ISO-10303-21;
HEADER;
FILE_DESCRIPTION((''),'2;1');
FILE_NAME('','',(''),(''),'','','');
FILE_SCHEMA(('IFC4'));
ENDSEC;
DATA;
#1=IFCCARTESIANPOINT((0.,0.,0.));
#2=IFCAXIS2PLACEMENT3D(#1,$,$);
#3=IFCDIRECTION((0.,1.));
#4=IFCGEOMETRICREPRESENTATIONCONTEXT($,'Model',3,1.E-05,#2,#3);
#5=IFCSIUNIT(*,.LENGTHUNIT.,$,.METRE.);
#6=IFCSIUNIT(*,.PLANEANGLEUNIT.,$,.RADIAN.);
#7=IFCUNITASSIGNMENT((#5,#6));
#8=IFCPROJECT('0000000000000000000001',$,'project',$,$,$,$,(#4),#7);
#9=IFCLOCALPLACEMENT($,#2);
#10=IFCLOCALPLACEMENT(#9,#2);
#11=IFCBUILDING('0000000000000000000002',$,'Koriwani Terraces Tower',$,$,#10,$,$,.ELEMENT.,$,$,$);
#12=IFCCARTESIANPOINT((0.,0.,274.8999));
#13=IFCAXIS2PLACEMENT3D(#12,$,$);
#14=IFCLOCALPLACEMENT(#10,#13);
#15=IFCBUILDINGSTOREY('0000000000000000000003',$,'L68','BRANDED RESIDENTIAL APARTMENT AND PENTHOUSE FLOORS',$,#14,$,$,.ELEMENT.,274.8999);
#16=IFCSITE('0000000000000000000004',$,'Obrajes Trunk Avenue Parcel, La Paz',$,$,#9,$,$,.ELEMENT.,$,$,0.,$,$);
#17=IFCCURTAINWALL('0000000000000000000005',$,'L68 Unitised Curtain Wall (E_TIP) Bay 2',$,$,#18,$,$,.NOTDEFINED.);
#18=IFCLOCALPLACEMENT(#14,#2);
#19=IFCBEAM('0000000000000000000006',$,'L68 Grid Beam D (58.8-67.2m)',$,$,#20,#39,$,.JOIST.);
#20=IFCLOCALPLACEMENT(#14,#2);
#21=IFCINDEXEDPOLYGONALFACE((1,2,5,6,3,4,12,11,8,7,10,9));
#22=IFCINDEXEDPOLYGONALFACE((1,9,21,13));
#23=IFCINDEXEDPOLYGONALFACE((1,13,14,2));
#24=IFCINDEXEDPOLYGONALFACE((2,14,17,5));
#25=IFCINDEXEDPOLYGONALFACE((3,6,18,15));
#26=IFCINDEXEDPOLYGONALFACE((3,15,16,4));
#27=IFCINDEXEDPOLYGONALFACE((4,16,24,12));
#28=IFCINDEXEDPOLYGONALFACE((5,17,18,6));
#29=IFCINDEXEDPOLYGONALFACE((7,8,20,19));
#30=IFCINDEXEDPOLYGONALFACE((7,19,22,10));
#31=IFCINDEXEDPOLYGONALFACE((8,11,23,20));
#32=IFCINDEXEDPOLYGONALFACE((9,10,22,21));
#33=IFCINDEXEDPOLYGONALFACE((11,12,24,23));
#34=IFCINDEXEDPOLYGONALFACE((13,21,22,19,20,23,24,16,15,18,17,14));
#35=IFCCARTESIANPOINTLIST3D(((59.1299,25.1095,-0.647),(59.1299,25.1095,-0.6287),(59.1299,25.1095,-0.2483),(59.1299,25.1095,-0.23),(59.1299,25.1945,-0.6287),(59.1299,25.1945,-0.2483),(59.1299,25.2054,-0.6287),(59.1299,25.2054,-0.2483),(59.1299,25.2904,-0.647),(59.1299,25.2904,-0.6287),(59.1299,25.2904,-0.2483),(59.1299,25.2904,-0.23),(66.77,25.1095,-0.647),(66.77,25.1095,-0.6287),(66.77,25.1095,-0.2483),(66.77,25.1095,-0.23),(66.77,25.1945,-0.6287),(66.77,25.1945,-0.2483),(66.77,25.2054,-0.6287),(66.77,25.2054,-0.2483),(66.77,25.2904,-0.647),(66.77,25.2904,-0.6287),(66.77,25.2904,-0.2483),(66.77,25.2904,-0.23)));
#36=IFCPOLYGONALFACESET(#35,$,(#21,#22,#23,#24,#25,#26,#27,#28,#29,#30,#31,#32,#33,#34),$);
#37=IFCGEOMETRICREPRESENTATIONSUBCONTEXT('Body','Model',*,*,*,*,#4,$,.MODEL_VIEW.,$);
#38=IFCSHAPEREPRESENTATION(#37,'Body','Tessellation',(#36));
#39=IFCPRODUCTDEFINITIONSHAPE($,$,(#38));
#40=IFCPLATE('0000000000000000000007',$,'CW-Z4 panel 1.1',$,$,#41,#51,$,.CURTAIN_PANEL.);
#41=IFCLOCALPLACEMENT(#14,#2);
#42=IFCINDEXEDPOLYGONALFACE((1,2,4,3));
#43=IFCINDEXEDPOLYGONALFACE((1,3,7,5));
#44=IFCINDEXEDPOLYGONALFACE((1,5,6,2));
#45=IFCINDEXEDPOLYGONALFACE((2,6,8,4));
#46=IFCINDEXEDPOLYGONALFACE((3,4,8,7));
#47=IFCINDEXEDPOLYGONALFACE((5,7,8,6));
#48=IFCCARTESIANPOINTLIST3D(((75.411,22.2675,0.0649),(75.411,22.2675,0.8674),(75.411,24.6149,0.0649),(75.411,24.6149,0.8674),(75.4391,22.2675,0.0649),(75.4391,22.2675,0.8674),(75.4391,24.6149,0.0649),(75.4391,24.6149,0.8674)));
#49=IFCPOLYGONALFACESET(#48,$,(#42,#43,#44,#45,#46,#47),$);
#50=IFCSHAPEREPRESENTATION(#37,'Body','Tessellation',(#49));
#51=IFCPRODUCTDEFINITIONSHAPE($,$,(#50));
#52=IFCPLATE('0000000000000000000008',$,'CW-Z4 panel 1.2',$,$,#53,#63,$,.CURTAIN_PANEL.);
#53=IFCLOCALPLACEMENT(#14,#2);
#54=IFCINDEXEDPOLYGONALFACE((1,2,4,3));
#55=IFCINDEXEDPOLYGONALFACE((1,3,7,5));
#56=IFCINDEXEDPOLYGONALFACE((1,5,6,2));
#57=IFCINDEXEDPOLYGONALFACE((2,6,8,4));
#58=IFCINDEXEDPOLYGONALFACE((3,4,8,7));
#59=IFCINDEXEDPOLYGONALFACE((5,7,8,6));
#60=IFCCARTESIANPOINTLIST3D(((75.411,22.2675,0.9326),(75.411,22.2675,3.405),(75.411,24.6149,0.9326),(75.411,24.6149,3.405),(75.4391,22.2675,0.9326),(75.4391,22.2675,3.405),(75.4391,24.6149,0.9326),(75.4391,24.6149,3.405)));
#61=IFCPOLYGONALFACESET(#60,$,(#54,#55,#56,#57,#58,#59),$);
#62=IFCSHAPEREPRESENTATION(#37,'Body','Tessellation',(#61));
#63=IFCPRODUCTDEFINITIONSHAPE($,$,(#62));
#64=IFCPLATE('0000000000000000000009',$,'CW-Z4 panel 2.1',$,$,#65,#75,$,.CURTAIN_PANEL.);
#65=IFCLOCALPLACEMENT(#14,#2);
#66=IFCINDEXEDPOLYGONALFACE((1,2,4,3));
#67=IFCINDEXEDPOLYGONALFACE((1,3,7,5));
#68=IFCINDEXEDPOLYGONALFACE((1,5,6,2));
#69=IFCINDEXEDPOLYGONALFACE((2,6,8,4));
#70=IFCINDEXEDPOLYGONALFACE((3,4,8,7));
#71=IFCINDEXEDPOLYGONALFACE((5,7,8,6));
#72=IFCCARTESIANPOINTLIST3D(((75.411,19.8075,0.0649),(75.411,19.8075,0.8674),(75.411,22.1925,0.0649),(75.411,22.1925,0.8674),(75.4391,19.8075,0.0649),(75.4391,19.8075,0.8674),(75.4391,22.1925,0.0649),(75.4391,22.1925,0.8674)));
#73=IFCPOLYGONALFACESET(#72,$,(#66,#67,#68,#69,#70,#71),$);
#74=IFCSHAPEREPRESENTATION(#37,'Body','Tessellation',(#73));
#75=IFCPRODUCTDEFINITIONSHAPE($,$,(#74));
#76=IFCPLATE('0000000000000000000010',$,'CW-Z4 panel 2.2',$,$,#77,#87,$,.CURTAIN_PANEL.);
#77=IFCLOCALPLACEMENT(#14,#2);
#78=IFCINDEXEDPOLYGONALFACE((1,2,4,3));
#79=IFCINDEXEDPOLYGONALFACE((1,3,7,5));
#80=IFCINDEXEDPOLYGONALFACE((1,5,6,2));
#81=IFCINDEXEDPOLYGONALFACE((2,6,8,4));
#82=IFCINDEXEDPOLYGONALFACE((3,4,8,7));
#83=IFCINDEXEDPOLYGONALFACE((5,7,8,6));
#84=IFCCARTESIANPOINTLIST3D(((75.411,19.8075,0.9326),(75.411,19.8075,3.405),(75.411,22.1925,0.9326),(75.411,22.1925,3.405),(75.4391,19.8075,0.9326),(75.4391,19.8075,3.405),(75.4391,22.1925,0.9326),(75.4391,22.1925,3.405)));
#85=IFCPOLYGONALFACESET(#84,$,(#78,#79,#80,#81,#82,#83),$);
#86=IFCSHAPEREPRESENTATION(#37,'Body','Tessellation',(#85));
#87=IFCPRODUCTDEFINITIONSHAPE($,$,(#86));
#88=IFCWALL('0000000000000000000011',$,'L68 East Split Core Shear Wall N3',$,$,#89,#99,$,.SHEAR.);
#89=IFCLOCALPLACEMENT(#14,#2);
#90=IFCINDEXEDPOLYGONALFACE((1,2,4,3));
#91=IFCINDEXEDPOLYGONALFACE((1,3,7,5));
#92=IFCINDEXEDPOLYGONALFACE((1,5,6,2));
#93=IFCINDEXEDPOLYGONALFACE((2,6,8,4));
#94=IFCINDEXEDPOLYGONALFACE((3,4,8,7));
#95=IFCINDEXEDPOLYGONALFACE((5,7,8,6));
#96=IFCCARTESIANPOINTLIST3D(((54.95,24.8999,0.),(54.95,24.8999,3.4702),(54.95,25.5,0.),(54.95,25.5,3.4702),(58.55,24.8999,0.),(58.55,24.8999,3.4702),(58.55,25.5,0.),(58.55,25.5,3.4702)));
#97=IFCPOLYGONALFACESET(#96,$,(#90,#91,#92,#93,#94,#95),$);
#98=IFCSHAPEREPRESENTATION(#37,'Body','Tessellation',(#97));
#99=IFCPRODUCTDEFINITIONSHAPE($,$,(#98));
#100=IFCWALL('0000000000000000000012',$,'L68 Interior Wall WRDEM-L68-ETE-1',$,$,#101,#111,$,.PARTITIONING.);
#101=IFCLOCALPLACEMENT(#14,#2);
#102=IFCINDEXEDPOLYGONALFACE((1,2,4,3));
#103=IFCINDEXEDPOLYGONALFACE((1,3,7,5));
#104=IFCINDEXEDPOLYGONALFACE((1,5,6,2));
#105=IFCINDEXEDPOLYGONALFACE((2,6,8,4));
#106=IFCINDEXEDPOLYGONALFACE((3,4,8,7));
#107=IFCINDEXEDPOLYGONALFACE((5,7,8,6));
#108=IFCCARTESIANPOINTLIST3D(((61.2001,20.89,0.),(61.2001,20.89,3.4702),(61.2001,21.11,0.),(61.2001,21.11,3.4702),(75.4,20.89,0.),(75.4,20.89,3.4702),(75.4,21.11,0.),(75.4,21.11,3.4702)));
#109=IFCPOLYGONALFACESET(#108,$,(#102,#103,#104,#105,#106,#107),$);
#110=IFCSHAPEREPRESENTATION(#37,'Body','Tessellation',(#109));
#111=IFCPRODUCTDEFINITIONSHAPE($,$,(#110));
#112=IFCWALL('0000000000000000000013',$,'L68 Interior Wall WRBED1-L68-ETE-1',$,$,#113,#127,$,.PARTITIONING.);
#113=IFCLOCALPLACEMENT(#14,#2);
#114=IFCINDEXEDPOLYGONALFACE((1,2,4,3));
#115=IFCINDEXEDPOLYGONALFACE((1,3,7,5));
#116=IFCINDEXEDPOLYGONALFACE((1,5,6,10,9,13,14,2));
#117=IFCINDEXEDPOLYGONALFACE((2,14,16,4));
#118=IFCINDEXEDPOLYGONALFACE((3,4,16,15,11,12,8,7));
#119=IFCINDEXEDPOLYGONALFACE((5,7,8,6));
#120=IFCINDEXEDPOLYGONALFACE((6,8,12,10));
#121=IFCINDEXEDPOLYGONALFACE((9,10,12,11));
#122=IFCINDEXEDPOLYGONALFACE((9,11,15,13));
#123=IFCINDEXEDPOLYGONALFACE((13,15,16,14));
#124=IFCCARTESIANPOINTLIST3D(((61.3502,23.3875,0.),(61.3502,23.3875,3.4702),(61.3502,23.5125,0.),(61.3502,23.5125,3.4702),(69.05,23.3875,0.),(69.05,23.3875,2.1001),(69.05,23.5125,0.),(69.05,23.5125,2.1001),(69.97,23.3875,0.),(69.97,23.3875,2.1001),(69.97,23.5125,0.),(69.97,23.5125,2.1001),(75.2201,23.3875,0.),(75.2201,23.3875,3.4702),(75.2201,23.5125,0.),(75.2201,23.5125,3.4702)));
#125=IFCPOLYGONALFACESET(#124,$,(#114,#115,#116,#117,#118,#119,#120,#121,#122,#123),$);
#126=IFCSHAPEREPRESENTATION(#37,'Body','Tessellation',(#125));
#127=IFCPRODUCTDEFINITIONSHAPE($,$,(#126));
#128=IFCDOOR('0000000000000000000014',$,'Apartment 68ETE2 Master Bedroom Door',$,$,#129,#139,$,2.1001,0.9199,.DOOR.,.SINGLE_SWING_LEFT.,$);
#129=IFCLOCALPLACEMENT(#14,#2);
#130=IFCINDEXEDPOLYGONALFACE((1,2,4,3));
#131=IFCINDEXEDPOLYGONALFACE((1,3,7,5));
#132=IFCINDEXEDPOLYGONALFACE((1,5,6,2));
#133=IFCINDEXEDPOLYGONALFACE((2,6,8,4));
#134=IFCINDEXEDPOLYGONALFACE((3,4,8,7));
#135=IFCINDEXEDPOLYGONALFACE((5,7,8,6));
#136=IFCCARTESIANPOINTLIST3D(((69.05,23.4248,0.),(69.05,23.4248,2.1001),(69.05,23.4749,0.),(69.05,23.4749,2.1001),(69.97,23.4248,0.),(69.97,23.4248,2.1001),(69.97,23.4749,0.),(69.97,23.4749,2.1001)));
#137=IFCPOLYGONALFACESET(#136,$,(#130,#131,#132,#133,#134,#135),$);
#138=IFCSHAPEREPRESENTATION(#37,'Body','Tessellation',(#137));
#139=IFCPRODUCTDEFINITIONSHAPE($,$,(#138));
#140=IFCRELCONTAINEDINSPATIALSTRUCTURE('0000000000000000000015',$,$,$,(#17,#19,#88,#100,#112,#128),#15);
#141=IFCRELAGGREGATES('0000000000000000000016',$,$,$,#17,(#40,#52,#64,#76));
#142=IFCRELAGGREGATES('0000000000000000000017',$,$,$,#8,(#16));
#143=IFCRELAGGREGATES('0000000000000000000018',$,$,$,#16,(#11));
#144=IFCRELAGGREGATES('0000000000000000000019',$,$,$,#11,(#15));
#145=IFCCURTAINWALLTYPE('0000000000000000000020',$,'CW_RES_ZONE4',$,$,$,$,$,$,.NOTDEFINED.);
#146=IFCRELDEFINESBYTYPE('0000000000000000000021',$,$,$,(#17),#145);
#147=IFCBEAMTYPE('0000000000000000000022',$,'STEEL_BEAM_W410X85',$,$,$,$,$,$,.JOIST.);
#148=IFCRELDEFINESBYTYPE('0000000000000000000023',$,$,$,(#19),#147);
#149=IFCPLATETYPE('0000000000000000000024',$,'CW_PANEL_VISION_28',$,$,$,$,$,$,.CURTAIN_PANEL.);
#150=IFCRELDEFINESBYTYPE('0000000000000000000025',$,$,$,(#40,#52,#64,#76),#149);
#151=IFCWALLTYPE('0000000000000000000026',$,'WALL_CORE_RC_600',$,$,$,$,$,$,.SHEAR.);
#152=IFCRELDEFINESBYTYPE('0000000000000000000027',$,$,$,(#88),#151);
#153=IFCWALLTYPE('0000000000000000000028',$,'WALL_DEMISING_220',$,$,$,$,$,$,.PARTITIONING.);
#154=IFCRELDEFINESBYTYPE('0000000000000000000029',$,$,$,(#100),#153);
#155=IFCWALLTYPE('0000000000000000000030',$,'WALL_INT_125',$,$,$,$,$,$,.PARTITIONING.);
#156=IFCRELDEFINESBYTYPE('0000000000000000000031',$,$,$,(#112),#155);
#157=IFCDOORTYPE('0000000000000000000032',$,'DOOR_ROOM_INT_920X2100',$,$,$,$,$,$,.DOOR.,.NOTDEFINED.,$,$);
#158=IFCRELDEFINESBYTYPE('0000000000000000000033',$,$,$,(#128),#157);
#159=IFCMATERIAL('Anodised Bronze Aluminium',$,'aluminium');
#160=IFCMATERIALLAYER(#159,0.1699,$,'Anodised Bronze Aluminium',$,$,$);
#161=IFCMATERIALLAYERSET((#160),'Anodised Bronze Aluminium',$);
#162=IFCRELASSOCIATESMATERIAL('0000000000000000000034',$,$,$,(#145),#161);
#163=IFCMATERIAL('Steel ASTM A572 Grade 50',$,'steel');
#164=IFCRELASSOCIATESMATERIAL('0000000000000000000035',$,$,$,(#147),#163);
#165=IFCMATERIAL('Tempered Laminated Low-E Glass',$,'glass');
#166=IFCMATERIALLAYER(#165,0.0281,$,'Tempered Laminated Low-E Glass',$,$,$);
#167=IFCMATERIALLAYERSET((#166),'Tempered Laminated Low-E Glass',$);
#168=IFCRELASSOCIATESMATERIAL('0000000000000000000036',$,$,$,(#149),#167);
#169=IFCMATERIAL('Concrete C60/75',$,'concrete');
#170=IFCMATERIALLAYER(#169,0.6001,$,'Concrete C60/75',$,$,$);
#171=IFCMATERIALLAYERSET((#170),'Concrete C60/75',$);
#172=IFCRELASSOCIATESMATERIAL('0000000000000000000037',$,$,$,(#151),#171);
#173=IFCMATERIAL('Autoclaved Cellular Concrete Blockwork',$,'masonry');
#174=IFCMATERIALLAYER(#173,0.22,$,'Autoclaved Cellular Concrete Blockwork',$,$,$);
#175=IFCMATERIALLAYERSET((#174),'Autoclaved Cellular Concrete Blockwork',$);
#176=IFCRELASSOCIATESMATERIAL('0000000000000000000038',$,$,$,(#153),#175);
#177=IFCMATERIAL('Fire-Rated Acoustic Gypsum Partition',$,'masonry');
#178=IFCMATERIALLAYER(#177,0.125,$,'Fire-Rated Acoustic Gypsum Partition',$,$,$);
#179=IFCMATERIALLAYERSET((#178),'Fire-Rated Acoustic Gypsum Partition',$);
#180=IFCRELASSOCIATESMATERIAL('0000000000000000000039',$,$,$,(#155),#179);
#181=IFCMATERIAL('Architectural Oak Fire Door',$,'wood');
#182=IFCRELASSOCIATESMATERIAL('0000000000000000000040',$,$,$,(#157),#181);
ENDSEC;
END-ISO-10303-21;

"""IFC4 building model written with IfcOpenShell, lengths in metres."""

from ifc_helpers import new_model, si_unit, direction, frame, frame_2d, origin, origin_2d, place, context, subcontext, project, spatial, rectangle, i_section, extrude, material, layer, layer_set, material_profile, profile_set, type_object, element, fill, aggregate, save


model = new_model("IFC4")

# Units and contexts
model_context = context("Model", 3, precision=1e-05, world=origin(), true_north=direction((0.0, 1.0)))
body_context = subcontext(model_context, "Body", "Model", "MODEL_VIEW")
ifc_project = project(units=[si_unit("LENGTHUNIT", "METRE"), si_unit("PLANEANGLEUNIT", "RADIAN")], contexts=[model_context])

# Site, building, storey
site_placement = place(None, origin())
site = spatial("IfcSite", under=ifc_project, at=site_placement, Name="Obrajes Trunk Avenue Parcel, La Paz", CompositionType="ELEMENT", RefElevation=0.0)
building_placement = place(site_placement, origin())
building = spatial("IfcBuilding", under=site, at=building_placement, Name="Koriwani Terraces Tower", CompositionType="ELEMENT")
storey_placement = place(building_placement, frame((0.0, 0.0, 274.8999)))
storey = spatial("IfcBuildingStorey", under=building, at=storey_placement, Name="L68", Description="BRANDED RESIDENTIAL APARTMENT AND PENTHOUSE FLOORS", CompositionType="ELEMENT", Elevation=274.8999)

# Curtain wall
ifc_material_1 = material(Name="Anodised Bronze Aluminium", Category="aluminium")
ifc_layer_1 = layer(ifc_material_1, 0.1699, Name="Anodised Bronze Aluminium")
ifc_layer_set_1 = layer_set([ifc_layer_1], Name="Anodised Bronze Aluminium")
curtain_wall_type = type_object("IfcCurtainWallType", Name="CW_RES_ZONE4", PredefinedType="NOTDEFINED", material=ifc_layer_set_1)
curtain_wall_placement = place(storey_placement, origin())
curtain_wall = element("IfcCurtainWall", 1, at=curtain_wall_placement, inside=storey, type_object=curtain_wall_type, Name="L68 Unitised Curtain Wall (E_TIP) Bay 2", PredefinedType="NOTDEFINED")

# Beam
ifc_material_2 = material(Name="Steel ASTM A572 Grade 50", Category="steel")
ifc_material_profile_1 = material_profile(ifc_material_2, i_section(OverallWidth=0.1809, OverallDepth=0.417, WebThickness=0.011, FlangeThickness=0.0183, at=origin_2d()), Name="Steel ASTM A572 Grade 50", Category="LoadBearing")
ifc_profile_set_1 = profile_set([ifc_material_profile_1], Name="Steel ASTM A572 Grade 50")
beam_type_1 = type_object("IfcBeamType", Name="STEEL_BEAM_W410X85", PredefinedType="JOIST", material=ifc_profile_set_1)
beam_1_placement = place(storey_placement, frame((59.1299, 25.2, -0.4385), z_axis=(1.0, 0.0, 0.0), x_axis=(0.0, 1.0, 0.0)))
element("IfcBeam", 2, at=beam_1_placement, inside=storey, type_object=beam_type_1, Name="L68 Grid Beam D (58.8-67.2m)", PredefinedType="JOIST", context=body_context, shape_type="SweptSolid", body=[
    extrude(i_section(OverallWidth=0.1809, OverallDepth=0.417, WebThickness=0.011, FlangeThickness=0.0183, at=origin_2d()), origin(), (0.0, 0.0, 1.0), 7.6401),
])

# Plates
ifc_material_3 = material(Name="Tempered Laminated Low-E Glass", Category="glass")
ifc_layer_2 = layer(ifc_material_3, 0.0281, Name="Tempered Laminated Low-E Glass")
ifc_layer_set_2 = layer_set([ifc_layer_2], Name="Tempered Laminated Low-E Glass")
plate_type = type_object("IfcPlateType", Name="CW_PANEL_VISION_28", PredefinedType="CURTAIN_PANEL", material=ifc_layer_set_2)
plate_1_placement = place(storey_placement, frame((75.425, 23.4412, 0.0649), z_axis=(0.0, 0.0, 1.0), x_axis=(0.0, -1.0, 0.0)))
plate_1 = element("IfcPlate", 3, at=plate_1_placement, type_object=plate_type, Name="CW-Z4 panel 1.1", PredefinedType="CURTAIN_PANEL", context=body_context, shape_type="SweptSolid", body=[
    extrude(rectangle(XDim=2.3474, YDim=0.0281, at=origin_2d()), origin(), (0.0, 0.0, 1.0), 0.8025),
])
plate_2_placement = place(storey_placement, frame((75.425, 23.4412, 0.9326), z_axis=(0.0, 0.0, 1.0), x_axis=(0.0, -1.0, 0.0)))
plate_2 = element("IfcPlate", 4, at=plate_2_placement, type_object=plate_type, Name="CW-Z4 panel 1.2", PredefinedType="CURTAIN_PANEL", context=body_context, shape_type="SweptSolid", body=[
    extrude(rectangle(XDim=2.3474, YDim=0.0281, at=origin_2d()), origin(), (0.0, 0.0, 1.0), 2.4724),
])
plate_3_placement = place(storey_placement, frame((75.425, 21.0, 0.0649), z_axis=(0.0, 0.0, 1.0), x_axis=(0.0, -1.0, 0.0)))
plate_3 = element("IfcPlate", 5, at=plate_3_placement, type_object=plate_type, Name="CW-Z4 panel 2.1", PredefinedType="CURTAIN_PANEL", context=body_context, shape_type="SweptSolid", body=[
    extrude(rectangle(XDim=2.385, YDim=0.0281, at=origin_2d()), origin(), (0.0, 0.0, 1.0), 0.8025),
])
plate_4_placement = place(storey_placement, frame((75.425, 21.0, 0.9326), z_axis=(0.0, 0.0, 1.0), x_axis=(0.0, -1.0, 0.0)))
plate_4 = element("IfcPlate", 6, at=plate_4_placement, type_object=plate_type, Name="CW-Z4 panel 2.2", PredefinedType="CURTAIN_PANEL", context=body_context, shape_type="SweptSolid", body=[
    extrude(rectangle(XDim=2.385, YDim=0.0281, at=origin_2d()), origin(), (0.0, 0.0, 1.0), 2.4724),
])
aggregate(curtain_wall, [plate_1, plate_2, plate_3, plate_4])

# Walls
ifc_material_4 = material(Name="Concrete C60/75", Category="concrete")
ifc_layer_3 = layer(ifc_material_4, 0.6001, Name="Concrete C60/75")
ifc_layer_set_3 = layer_set([ifc_layer_3], Name="Concrete C60/75")
wall_type_1 = type_object("IfcWallType", Name="WALL_CORE_RC_600", PredefinedType="SHEAR", material=ifc_layer_set_3)
wall_1_placement = place(storey_placement, frame((54.95, 25.2, 0.0), z_axis=(0.0, 0.0, 1.0), x_axis=(1.0, 0.0, 0.0)))
element("IfcWall", 7, at=wall_1_placement, inside=storey, type_object=wall_type_1, Name="L68 East Split Core Shear Wall N3", PredefinedType="SHEAR", context=body_context, shape_type="SweptSolid", body=[
    extrude(rectangle(XDim=3.6001, YDim=0.6001, at=frame_2d((1.8, 0.0))), origin(), (0.0, 0.0, 1.0), 3.4702),
])
ifc_material_5 = material(Name="Autoclaved Cellular Concrete Blockwork", Category="masonry")
ifc_layer_4 = layer(ifc_material_5, 0.22, Name="Autoclaved Cellular Concrete Blockwork")
ifc_layer_set_4 = layer_set([ifc_layer_4], Name="Autoclaved Cellular Concrete Blockwork")
wall_type_2 = type_object("IfcWallType", Name="WALL_DEMISING_220", PredefinedType="PARTITIONING", material=ifc_layer_set_4)
wall_2_placement = place(storey_placement, frame((61.2, 21.0, 0.0), z_axis=(0.0, 0.0, 1.0), x_axis=(1.0, 0.0, 0.0)))
element("IfcWall", 8, at=wall_2_placement, inside=storey, type_object=wall_type_2, Name="L68 Interior Wall WRDEM-L68-ETE-1", PredefinedType="PARTITIONING", context=body_context, shape_type="SweptSolid", body=[
    extrude(rectangle(XDim=14.2, YDim=0.22, at=frame_2d((7.1001, 0.0))), origin(), (0.0, 0.0, 1.0), 3.4702),
])

# Wall, opening, door
ifc_material_6 = material(Name="Fire-Rated Acoustic Gypsum Partition", Category="masonry")
ifc_layer_5 = layer(ifc_material_6, 0.125, Name="Fire-Rated Acoustic Gypsum Partition")
ifc_layer_set_5 = layer_set([ifc_layer_5], Name="Fire-Rated Acoustic Gypsum Partition")
wall_type_3 = type_object("IfcWallType", Name="WALL_INT_125", PredefinedType="PARTITIONING", material=ifc_layer_set_5)
wall_3_placement = place(storey_placement, frame((61.3501, 23.45, 0.0), z_axis=(0.0, 0.0, 1.0), x_axis=(1.0, 0.0, 0.0)))
wall_3 = element("IfcWall", 9, at=wall_3_placement, inside=storey, type_object=wall_type_3, Name="L68 Interior Wall WRBED1-L68-ETE-1", PredefinedType="PARTITIONING", context=body_context, shape_type="SweptSolid", body=[
    extrude(rectangle(XDim=13.8699, YDim=0.125, at=frame_2d((6.9351, 0.0))), origin(), (0.0, 0.0, 1.0), 3.4702),
])
opening_1_placement = place(wall_3_placement, frame((7.7, 0.0, 0.0)))
opening_1 = element("IfcOpeningElement", 10, at=opening_1_placement, cuts=wall_3, PredefinedType="OPENING", context=body_context, shape_type="SweptSolid", body=[
    extrude(rectangle(XDim=0.9199, YDim=2.1001, at=frame_2d((0.46, 1.05))), frame((0.0, 0.0725, 0.0), z_axis=(0.0, -1.0, 0.0), x_axis=(1.0, 0.0, 0.0)), (0.0, 0.0, 1.0), 0.145),
])
ifc_material_7 = material(Name="Architectural Oak Fire Door", Category="wood")
door_type_1 = type_object("IfcDoorType", Name="DOOR_ROOM_INT_920X2100", OperationType="NOTDEFINED", PredefinedType="DOOR", material=ifc_material_7)
door_1_placement = place(opening_1_placement, origin())
door_1 = element("IfcDoor", 11, at=door_1_placement, inside=storey, type_object=door_type_1, Name="Apartment 68ETE2 Master Bedroom Door", OperationType="SINGLE_SWING_LEFT", OverallHeight=2.1001, OverallWidth=0.9199, PredefinedType="DOOR", context=body_context, shape_type="SweptSolid", body=[
    extrude(rectangle(XDim=0.9199, YDim=2.1001, at=frame_2d((0.46, 1.05))), frame((0.0, 0.0249, 0.0), z_axis=(0.0, -1.0, 0.0), x_axis=(1.0, 0.0, 0.0)), (0.0, 0.0, 1.0), 0.05),
])
fill(opening_1, door_1)

save(model, "model.ifc")
